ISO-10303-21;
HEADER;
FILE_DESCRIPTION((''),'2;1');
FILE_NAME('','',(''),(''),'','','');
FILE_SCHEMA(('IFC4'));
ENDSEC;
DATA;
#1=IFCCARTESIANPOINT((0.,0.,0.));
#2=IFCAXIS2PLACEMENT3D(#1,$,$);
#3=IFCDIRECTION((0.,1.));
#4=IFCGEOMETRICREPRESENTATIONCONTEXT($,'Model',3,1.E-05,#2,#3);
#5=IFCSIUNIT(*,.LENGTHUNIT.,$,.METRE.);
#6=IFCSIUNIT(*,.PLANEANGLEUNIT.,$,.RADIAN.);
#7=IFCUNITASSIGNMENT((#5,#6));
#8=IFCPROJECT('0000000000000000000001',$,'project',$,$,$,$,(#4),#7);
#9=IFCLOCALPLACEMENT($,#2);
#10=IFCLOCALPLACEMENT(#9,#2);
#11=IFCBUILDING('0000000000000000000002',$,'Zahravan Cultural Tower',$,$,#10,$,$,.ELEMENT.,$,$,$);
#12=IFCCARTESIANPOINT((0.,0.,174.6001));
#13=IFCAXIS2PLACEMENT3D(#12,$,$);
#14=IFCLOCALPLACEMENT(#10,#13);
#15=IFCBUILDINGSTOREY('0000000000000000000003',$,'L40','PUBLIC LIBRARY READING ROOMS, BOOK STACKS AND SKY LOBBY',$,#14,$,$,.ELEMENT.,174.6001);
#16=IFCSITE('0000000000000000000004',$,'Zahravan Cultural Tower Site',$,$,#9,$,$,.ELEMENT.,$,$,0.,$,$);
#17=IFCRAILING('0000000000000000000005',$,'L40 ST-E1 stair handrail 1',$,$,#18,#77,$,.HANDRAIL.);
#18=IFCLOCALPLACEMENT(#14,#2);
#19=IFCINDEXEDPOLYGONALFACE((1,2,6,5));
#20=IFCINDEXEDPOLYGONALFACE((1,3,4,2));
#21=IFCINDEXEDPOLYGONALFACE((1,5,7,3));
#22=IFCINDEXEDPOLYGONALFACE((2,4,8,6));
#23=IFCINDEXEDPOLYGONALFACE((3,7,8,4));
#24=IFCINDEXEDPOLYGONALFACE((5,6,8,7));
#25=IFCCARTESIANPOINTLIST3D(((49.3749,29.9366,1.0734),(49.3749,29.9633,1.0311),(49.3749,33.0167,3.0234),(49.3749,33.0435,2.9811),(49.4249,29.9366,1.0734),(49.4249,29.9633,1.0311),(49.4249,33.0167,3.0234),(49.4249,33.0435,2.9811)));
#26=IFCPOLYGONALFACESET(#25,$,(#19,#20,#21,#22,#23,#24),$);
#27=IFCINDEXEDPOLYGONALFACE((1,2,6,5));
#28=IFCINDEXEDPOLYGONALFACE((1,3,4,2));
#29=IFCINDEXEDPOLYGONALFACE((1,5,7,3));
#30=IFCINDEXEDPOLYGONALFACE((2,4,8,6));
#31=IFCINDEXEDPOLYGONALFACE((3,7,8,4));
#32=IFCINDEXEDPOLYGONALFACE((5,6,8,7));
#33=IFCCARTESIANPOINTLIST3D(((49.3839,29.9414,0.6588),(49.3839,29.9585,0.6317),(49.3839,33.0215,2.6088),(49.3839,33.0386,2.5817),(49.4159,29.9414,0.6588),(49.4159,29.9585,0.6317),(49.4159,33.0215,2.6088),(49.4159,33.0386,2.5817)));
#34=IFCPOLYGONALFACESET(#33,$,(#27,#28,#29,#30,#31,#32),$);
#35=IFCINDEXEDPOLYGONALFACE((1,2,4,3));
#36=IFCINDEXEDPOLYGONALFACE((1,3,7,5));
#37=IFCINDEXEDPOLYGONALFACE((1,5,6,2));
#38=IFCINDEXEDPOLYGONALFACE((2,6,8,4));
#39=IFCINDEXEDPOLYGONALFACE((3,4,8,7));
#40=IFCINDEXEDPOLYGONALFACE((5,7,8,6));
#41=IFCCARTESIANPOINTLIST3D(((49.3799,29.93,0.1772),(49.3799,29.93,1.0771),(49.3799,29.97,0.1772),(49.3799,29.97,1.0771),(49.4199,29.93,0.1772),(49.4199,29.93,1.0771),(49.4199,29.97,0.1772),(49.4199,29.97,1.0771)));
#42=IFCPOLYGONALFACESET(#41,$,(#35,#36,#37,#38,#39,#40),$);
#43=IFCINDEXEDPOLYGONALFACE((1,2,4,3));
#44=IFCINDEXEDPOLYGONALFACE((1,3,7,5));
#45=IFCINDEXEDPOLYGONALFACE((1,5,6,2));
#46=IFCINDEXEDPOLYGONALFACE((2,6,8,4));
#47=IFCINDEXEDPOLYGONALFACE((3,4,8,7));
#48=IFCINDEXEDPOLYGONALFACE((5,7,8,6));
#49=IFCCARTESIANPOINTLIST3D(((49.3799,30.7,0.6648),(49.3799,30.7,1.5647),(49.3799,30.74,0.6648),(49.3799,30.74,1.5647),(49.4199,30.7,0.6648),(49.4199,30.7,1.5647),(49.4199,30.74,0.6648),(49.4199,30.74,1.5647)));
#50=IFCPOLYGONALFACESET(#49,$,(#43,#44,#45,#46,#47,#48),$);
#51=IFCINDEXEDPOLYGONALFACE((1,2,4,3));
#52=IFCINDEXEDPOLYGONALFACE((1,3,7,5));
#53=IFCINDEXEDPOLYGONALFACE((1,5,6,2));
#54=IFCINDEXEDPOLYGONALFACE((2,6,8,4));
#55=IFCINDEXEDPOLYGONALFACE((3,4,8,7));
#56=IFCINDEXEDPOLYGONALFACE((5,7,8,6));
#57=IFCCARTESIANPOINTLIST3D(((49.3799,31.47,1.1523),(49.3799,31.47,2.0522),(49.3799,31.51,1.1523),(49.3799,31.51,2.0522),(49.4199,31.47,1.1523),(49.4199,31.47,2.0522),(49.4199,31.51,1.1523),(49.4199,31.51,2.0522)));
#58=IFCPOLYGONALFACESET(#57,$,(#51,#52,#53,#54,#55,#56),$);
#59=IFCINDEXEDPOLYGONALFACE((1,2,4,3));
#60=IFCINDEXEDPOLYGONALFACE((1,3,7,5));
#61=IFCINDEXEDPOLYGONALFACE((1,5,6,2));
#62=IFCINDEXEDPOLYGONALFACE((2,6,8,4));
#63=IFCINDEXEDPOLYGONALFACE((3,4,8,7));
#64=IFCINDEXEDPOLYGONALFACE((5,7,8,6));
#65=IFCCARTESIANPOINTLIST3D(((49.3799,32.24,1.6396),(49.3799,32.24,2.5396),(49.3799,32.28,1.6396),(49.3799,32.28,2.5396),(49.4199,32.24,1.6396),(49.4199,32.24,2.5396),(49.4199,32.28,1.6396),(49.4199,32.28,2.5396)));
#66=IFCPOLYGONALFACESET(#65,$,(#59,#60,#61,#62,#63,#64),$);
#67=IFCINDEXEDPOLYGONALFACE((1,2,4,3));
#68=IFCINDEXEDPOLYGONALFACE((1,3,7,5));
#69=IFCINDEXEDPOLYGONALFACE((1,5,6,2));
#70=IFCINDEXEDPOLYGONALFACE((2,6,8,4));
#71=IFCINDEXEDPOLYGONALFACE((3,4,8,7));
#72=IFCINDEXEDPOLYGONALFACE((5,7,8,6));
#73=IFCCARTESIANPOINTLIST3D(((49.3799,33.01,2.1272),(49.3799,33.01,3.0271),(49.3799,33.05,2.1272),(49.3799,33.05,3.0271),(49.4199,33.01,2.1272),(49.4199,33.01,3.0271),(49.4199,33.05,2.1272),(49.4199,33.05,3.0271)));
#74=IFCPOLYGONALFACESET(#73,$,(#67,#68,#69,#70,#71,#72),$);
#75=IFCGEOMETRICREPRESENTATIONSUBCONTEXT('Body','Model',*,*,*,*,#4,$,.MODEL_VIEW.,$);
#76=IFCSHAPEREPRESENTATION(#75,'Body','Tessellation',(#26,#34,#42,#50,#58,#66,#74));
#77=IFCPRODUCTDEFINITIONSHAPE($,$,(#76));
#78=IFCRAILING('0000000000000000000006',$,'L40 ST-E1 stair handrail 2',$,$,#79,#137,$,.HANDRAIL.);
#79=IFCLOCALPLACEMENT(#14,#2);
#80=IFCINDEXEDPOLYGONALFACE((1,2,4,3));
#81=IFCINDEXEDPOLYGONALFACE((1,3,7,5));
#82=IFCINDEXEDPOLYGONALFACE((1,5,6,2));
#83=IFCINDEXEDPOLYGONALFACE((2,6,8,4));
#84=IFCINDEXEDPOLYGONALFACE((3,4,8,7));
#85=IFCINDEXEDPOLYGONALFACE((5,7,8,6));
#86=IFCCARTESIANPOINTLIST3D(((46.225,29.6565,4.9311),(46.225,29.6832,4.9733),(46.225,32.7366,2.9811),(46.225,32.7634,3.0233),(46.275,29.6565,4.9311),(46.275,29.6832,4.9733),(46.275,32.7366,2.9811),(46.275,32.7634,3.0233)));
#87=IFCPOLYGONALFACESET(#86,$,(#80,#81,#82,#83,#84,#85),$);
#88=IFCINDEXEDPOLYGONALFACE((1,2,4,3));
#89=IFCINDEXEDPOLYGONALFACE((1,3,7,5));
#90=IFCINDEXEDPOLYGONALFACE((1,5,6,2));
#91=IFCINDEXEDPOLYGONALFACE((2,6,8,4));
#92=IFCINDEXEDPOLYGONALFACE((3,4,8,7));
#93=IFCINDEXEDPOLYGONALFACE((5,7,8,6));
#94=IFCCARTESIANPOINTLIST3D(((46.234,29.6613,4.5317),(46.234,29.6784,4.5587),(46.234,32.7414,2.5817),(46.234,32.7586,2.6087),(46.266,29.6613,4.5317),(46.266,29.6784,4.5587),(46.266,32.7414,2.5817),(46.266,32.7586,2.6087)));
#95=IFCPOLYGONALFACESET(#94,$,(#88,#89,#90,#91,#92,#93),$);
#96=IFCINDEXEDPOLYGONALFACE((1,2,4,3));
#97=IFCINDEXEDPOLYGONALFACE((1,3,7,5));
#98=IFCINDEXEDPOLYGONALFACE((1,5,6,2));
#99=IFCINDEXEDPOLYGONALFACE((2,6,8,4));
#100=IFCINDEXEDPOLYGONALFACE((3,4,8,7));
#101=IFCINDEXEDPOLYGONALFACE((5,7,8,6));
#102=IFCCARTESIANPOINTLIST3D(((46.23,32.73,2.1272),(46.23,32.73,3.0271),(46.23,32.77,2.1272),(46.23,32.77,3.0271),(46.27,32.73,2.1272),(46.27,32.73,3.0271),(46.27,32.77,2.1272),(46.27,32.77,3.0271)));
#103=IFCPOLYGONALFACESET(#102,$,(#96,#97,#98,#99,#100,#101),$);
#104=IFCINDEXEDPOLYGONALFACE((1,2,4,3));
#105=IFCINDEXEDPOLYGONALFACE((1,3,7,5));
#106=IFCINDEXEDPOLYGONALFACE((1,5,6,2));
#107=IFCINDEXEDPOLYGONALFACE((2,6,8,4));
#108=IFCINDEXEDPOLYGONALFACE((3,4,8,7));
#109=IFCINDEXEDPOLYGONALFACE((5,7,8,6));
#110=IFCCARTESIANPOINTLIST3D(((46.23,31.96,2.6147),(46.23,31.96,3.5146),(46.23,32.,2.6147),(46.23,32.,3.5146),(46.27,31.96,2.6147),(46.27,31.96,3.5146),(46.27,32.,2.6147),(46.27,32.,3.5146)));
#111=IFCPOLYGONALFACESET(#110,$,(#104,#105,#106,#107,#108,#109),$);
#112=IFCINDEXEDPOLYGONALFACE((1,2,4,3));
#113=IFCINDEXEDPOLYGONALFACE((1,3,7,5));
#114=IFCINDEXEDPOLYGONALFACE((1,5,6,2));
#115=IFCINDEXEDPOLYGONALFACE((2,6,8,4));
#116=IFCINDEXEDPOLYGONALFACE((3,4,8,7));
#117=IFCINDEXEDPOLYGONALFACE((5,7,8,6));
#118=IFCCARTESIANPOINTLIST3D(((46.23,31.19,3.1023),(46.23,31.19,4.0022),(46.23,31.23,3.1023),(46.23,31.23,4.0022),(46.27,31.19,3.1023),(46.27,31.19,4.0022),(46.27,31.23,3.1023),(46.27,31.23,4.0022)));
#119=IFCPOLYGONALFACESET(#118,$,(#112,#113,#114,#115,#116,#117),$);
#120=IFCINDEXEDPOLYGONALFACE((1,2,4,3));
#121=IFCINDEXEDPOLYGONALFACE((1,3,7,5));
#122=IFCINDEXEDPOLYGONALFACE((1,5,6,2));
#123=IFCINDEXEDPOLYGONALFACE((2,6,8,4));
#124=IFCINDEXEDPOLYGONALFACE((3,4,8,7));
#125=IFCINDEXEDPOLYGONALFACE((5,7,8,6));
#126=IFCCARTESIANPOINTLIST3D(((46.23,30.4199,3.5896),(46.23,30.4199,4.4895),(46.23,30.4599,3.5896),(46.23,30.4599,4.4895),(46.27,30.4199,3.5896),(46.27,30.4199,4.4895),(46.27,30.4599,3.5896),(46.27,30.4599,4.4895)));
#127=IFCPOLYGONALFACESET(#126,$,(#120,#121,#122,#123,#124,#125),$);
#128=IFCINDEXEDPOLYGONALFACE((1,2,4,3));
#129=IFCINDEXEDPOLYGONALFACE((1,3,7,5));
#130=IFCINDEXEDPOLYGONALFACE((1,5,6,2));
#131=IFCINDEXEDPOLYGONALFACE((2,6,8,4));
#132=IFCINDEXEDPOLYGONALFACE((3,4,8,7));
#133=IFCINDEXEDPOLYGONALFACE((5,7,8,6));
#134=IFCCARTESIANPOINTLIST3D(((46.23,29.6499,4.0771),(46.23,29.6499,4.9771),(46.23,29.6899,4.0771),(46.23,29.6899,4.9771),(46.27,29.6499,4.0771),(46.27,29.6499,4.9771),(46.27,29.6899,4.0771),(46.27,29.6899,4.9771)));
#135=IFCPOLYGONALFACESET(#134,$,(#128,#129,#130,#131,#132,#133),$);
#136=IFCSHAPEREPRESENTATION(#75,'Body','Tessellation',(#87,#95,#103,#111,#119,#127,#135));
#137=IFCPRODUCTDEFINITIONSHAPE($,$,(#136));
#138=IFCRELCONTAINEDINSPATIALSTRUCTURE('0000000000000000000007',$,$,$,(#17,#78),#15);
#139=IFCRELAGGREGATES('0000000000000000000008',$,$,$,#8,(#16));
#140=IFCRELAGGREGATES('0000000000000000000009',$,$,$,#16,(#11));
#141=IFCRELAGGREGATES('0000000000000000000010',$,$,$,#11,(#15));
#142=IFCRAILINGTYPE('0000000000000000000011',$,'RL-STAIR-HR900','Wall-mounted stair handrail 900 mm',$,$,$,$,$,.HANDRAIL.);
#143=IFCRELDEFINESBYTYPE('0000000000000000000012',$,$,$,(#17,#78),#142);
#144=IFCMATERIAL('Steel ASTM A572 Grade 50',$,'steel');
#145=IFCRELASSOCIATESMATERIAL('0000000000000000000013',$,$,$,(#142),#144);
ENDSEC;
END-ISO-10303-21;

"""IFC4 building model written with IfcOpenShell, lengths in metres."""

from ifc_helpers import new_model, si_unit, direction, frame, origin, origin_2d, place, context, subcontext, project, spatial, rectangle, extrude, material, type_object, element, save


model = new_model("IFC4")

# Units and contexts
model_context = context("Model", 3, precision=1e-05, world=origin(), true_north=direction((0.0, 1.0)))
body_context = subcontext(model_context, "Body", "Model", "MODEL_VIEW")
ifc_project = project(units=[si_unit("LENGTHUNIT", "METRE"), si_unit("PLANEANGLEUNIT", "RADIAN")], contexts=[model_context])

# Site, building, storey
site_placement = place(None, origin())
site = spatial("IfcSite", under=ifc_project, at=site_placement, Name="Zahravan Cultural Tower Site", CompositionType="ELEMENT", RefElevation=0.0)
building_placement = place(site_placement, origin())
building = spatial("IfcBuilding", under=site, at=building_placement, Name="Zahravan Cultural Tower", CompositionType="ELEMENT")
storey_placement = place(building_placement, frame((0.0, 0.0, 174.6001)))
storey = spatial("IfcBuildingStorey", under=building, at=storey_placement, Name="L40", Description="PUBLIC LIBRARY READING ROOMS, BOOK STACKS AND SKY LOBBY", CompositionType="ELEMENT", Elevation=174.6001)

# Shared definitions
ifc_material_1 = material(Name="Steel ASTM A572 Grade 50", Category="steel")

# Railings
railing_type_1 = type_object("IfcRailingType", Name="RL-STAIR-HR900", Description="Wall-mounted stair handrail 900 mm", PredefinedType="HANDRAIL", material=ifc_material_1)
railing_1_placement = place(storey_placement, frame((49.3999, 29.95, 0.1772)))
element("IfcRailing", 1, at=railing_1_placement, inside=storey, type_object=railing_type_1, Name="L40 ST-E1 stair handrail 1", PredefinedType="HANDRAIL", context=body_context, shape_type="SweptSolid", body=[
    extrude(rectangle(XDim=0.05, YDim=0.05, at=origin_2d()), frame((0.0, 0.0, 0.875), z_axis=(0.0, 0.844914, 0.534902), x_axis=(-1.0, 0.0, 0.0)), (0.0, 0.0, 1.0), 3.6455),
    extrude(rectangle(XDim=0.032, YDim=0.032, at=origin_2d()), frame((0.0, 0.0, 0.468), z_axis=(0.0, 0.844914, 0.534902), x_axis=(-1.0, 0.0, 0.0)), (0.0, 0.0, 1.0), 3.6455),
    extrude(rectangle(XDim=0.04, YDim=0.04, at=origin_2d()), origin(), (0.0, 0.0, 1.0), 0.8999),
    extrude(rectangle(XDim=0.04, YDim=0.04, at=origin_2d()), frame((0.0, 0.77, 0.4875)), (0.0, 0.0, 1.0), 0.8999),
    extrude(rectangle(XDim=0.04, YDim=0.04, at=origin_2d()), frame((0.0, 1.54, 0.9751)), (0.0, 0.0, 1.0), 0.8999),
    extrude(rectangle(XDim=0.04, YDim=0.04, at=origin_2d()), frame((0.0, 2.3101, 1.4624)), (0.0, 0.0, 1.0), 0.8999),
    extrude(rectangle(XDim=0.04, YDim=0.04, at=origin_2d()), frame((0.0, 3.0801, 1.95)), (0.0, 0.0, 1.0), 0.8999),
])
railing_2_placement = place(storey_placement, frame((46.25, 32.75, 2.1272)))
element("IfcRailing", 2, at=railing_2_placement, inside=storey, type_object=railing_type_1, Name="L40 ST-E1 stair handrail 2", PredefinedType="HANDRAIL", context=body_context, shape_type="SweptSolid", body=[
    extrude(rectangle(XDim=0.05, YDim=0.05, at=origin_2d()), frame((0.0, 0.0, 0.875), z_axis=(0.0, -0.844914, 0.534902), x_axis=(1.0, 0.0, 0.0)), (0.0, 0.0, 1.0), 3.6455),
    extrude(rectangle(XDim=0.032, YDim=0.032, at=origin_2d()), frame((0.0, 0.0, 0.468), z_axis=(0.0, -0.844914, 0.534902), x_axis=(1.0, 0.0, 0.0)), (0.0, 0.0, 1.0), 3.6455),
    extrude(rectangle(XDim=0.04, YDim=0.04, at=origin_2d()), origin(), (0.0, 0.0, 1.0), 0.8999),
    extrude(rectangle(XDim=0.04, YDim=0.04, at=origin_2d()), frame((0.0, -0.77, 0.4875)), (0.0, 0.0, 1.0), 0.8999),
    extrude(rectangle(XDim=0.04, YDim=0.04, at=origin_2d()), frame((0.0, -1.54, 0.9751)), (0.0, 0.0, 1.0), 0.8999),
    extrude(rectangle(XDim=0.04, YDim=0.04, at=origin_2d()), frame((0.0, -2.3101, 1.4624)), (0.0, 0.0, 1.0), 0.8999),
    extrude(rectangle(XDim=0.04, YDim=0.04, at=origin_2d()), frame((0.0, -3.0801, 1.95)), (0.0, 0.0, 1.0), 0.8999),
])

save(model, "model.ifc")
